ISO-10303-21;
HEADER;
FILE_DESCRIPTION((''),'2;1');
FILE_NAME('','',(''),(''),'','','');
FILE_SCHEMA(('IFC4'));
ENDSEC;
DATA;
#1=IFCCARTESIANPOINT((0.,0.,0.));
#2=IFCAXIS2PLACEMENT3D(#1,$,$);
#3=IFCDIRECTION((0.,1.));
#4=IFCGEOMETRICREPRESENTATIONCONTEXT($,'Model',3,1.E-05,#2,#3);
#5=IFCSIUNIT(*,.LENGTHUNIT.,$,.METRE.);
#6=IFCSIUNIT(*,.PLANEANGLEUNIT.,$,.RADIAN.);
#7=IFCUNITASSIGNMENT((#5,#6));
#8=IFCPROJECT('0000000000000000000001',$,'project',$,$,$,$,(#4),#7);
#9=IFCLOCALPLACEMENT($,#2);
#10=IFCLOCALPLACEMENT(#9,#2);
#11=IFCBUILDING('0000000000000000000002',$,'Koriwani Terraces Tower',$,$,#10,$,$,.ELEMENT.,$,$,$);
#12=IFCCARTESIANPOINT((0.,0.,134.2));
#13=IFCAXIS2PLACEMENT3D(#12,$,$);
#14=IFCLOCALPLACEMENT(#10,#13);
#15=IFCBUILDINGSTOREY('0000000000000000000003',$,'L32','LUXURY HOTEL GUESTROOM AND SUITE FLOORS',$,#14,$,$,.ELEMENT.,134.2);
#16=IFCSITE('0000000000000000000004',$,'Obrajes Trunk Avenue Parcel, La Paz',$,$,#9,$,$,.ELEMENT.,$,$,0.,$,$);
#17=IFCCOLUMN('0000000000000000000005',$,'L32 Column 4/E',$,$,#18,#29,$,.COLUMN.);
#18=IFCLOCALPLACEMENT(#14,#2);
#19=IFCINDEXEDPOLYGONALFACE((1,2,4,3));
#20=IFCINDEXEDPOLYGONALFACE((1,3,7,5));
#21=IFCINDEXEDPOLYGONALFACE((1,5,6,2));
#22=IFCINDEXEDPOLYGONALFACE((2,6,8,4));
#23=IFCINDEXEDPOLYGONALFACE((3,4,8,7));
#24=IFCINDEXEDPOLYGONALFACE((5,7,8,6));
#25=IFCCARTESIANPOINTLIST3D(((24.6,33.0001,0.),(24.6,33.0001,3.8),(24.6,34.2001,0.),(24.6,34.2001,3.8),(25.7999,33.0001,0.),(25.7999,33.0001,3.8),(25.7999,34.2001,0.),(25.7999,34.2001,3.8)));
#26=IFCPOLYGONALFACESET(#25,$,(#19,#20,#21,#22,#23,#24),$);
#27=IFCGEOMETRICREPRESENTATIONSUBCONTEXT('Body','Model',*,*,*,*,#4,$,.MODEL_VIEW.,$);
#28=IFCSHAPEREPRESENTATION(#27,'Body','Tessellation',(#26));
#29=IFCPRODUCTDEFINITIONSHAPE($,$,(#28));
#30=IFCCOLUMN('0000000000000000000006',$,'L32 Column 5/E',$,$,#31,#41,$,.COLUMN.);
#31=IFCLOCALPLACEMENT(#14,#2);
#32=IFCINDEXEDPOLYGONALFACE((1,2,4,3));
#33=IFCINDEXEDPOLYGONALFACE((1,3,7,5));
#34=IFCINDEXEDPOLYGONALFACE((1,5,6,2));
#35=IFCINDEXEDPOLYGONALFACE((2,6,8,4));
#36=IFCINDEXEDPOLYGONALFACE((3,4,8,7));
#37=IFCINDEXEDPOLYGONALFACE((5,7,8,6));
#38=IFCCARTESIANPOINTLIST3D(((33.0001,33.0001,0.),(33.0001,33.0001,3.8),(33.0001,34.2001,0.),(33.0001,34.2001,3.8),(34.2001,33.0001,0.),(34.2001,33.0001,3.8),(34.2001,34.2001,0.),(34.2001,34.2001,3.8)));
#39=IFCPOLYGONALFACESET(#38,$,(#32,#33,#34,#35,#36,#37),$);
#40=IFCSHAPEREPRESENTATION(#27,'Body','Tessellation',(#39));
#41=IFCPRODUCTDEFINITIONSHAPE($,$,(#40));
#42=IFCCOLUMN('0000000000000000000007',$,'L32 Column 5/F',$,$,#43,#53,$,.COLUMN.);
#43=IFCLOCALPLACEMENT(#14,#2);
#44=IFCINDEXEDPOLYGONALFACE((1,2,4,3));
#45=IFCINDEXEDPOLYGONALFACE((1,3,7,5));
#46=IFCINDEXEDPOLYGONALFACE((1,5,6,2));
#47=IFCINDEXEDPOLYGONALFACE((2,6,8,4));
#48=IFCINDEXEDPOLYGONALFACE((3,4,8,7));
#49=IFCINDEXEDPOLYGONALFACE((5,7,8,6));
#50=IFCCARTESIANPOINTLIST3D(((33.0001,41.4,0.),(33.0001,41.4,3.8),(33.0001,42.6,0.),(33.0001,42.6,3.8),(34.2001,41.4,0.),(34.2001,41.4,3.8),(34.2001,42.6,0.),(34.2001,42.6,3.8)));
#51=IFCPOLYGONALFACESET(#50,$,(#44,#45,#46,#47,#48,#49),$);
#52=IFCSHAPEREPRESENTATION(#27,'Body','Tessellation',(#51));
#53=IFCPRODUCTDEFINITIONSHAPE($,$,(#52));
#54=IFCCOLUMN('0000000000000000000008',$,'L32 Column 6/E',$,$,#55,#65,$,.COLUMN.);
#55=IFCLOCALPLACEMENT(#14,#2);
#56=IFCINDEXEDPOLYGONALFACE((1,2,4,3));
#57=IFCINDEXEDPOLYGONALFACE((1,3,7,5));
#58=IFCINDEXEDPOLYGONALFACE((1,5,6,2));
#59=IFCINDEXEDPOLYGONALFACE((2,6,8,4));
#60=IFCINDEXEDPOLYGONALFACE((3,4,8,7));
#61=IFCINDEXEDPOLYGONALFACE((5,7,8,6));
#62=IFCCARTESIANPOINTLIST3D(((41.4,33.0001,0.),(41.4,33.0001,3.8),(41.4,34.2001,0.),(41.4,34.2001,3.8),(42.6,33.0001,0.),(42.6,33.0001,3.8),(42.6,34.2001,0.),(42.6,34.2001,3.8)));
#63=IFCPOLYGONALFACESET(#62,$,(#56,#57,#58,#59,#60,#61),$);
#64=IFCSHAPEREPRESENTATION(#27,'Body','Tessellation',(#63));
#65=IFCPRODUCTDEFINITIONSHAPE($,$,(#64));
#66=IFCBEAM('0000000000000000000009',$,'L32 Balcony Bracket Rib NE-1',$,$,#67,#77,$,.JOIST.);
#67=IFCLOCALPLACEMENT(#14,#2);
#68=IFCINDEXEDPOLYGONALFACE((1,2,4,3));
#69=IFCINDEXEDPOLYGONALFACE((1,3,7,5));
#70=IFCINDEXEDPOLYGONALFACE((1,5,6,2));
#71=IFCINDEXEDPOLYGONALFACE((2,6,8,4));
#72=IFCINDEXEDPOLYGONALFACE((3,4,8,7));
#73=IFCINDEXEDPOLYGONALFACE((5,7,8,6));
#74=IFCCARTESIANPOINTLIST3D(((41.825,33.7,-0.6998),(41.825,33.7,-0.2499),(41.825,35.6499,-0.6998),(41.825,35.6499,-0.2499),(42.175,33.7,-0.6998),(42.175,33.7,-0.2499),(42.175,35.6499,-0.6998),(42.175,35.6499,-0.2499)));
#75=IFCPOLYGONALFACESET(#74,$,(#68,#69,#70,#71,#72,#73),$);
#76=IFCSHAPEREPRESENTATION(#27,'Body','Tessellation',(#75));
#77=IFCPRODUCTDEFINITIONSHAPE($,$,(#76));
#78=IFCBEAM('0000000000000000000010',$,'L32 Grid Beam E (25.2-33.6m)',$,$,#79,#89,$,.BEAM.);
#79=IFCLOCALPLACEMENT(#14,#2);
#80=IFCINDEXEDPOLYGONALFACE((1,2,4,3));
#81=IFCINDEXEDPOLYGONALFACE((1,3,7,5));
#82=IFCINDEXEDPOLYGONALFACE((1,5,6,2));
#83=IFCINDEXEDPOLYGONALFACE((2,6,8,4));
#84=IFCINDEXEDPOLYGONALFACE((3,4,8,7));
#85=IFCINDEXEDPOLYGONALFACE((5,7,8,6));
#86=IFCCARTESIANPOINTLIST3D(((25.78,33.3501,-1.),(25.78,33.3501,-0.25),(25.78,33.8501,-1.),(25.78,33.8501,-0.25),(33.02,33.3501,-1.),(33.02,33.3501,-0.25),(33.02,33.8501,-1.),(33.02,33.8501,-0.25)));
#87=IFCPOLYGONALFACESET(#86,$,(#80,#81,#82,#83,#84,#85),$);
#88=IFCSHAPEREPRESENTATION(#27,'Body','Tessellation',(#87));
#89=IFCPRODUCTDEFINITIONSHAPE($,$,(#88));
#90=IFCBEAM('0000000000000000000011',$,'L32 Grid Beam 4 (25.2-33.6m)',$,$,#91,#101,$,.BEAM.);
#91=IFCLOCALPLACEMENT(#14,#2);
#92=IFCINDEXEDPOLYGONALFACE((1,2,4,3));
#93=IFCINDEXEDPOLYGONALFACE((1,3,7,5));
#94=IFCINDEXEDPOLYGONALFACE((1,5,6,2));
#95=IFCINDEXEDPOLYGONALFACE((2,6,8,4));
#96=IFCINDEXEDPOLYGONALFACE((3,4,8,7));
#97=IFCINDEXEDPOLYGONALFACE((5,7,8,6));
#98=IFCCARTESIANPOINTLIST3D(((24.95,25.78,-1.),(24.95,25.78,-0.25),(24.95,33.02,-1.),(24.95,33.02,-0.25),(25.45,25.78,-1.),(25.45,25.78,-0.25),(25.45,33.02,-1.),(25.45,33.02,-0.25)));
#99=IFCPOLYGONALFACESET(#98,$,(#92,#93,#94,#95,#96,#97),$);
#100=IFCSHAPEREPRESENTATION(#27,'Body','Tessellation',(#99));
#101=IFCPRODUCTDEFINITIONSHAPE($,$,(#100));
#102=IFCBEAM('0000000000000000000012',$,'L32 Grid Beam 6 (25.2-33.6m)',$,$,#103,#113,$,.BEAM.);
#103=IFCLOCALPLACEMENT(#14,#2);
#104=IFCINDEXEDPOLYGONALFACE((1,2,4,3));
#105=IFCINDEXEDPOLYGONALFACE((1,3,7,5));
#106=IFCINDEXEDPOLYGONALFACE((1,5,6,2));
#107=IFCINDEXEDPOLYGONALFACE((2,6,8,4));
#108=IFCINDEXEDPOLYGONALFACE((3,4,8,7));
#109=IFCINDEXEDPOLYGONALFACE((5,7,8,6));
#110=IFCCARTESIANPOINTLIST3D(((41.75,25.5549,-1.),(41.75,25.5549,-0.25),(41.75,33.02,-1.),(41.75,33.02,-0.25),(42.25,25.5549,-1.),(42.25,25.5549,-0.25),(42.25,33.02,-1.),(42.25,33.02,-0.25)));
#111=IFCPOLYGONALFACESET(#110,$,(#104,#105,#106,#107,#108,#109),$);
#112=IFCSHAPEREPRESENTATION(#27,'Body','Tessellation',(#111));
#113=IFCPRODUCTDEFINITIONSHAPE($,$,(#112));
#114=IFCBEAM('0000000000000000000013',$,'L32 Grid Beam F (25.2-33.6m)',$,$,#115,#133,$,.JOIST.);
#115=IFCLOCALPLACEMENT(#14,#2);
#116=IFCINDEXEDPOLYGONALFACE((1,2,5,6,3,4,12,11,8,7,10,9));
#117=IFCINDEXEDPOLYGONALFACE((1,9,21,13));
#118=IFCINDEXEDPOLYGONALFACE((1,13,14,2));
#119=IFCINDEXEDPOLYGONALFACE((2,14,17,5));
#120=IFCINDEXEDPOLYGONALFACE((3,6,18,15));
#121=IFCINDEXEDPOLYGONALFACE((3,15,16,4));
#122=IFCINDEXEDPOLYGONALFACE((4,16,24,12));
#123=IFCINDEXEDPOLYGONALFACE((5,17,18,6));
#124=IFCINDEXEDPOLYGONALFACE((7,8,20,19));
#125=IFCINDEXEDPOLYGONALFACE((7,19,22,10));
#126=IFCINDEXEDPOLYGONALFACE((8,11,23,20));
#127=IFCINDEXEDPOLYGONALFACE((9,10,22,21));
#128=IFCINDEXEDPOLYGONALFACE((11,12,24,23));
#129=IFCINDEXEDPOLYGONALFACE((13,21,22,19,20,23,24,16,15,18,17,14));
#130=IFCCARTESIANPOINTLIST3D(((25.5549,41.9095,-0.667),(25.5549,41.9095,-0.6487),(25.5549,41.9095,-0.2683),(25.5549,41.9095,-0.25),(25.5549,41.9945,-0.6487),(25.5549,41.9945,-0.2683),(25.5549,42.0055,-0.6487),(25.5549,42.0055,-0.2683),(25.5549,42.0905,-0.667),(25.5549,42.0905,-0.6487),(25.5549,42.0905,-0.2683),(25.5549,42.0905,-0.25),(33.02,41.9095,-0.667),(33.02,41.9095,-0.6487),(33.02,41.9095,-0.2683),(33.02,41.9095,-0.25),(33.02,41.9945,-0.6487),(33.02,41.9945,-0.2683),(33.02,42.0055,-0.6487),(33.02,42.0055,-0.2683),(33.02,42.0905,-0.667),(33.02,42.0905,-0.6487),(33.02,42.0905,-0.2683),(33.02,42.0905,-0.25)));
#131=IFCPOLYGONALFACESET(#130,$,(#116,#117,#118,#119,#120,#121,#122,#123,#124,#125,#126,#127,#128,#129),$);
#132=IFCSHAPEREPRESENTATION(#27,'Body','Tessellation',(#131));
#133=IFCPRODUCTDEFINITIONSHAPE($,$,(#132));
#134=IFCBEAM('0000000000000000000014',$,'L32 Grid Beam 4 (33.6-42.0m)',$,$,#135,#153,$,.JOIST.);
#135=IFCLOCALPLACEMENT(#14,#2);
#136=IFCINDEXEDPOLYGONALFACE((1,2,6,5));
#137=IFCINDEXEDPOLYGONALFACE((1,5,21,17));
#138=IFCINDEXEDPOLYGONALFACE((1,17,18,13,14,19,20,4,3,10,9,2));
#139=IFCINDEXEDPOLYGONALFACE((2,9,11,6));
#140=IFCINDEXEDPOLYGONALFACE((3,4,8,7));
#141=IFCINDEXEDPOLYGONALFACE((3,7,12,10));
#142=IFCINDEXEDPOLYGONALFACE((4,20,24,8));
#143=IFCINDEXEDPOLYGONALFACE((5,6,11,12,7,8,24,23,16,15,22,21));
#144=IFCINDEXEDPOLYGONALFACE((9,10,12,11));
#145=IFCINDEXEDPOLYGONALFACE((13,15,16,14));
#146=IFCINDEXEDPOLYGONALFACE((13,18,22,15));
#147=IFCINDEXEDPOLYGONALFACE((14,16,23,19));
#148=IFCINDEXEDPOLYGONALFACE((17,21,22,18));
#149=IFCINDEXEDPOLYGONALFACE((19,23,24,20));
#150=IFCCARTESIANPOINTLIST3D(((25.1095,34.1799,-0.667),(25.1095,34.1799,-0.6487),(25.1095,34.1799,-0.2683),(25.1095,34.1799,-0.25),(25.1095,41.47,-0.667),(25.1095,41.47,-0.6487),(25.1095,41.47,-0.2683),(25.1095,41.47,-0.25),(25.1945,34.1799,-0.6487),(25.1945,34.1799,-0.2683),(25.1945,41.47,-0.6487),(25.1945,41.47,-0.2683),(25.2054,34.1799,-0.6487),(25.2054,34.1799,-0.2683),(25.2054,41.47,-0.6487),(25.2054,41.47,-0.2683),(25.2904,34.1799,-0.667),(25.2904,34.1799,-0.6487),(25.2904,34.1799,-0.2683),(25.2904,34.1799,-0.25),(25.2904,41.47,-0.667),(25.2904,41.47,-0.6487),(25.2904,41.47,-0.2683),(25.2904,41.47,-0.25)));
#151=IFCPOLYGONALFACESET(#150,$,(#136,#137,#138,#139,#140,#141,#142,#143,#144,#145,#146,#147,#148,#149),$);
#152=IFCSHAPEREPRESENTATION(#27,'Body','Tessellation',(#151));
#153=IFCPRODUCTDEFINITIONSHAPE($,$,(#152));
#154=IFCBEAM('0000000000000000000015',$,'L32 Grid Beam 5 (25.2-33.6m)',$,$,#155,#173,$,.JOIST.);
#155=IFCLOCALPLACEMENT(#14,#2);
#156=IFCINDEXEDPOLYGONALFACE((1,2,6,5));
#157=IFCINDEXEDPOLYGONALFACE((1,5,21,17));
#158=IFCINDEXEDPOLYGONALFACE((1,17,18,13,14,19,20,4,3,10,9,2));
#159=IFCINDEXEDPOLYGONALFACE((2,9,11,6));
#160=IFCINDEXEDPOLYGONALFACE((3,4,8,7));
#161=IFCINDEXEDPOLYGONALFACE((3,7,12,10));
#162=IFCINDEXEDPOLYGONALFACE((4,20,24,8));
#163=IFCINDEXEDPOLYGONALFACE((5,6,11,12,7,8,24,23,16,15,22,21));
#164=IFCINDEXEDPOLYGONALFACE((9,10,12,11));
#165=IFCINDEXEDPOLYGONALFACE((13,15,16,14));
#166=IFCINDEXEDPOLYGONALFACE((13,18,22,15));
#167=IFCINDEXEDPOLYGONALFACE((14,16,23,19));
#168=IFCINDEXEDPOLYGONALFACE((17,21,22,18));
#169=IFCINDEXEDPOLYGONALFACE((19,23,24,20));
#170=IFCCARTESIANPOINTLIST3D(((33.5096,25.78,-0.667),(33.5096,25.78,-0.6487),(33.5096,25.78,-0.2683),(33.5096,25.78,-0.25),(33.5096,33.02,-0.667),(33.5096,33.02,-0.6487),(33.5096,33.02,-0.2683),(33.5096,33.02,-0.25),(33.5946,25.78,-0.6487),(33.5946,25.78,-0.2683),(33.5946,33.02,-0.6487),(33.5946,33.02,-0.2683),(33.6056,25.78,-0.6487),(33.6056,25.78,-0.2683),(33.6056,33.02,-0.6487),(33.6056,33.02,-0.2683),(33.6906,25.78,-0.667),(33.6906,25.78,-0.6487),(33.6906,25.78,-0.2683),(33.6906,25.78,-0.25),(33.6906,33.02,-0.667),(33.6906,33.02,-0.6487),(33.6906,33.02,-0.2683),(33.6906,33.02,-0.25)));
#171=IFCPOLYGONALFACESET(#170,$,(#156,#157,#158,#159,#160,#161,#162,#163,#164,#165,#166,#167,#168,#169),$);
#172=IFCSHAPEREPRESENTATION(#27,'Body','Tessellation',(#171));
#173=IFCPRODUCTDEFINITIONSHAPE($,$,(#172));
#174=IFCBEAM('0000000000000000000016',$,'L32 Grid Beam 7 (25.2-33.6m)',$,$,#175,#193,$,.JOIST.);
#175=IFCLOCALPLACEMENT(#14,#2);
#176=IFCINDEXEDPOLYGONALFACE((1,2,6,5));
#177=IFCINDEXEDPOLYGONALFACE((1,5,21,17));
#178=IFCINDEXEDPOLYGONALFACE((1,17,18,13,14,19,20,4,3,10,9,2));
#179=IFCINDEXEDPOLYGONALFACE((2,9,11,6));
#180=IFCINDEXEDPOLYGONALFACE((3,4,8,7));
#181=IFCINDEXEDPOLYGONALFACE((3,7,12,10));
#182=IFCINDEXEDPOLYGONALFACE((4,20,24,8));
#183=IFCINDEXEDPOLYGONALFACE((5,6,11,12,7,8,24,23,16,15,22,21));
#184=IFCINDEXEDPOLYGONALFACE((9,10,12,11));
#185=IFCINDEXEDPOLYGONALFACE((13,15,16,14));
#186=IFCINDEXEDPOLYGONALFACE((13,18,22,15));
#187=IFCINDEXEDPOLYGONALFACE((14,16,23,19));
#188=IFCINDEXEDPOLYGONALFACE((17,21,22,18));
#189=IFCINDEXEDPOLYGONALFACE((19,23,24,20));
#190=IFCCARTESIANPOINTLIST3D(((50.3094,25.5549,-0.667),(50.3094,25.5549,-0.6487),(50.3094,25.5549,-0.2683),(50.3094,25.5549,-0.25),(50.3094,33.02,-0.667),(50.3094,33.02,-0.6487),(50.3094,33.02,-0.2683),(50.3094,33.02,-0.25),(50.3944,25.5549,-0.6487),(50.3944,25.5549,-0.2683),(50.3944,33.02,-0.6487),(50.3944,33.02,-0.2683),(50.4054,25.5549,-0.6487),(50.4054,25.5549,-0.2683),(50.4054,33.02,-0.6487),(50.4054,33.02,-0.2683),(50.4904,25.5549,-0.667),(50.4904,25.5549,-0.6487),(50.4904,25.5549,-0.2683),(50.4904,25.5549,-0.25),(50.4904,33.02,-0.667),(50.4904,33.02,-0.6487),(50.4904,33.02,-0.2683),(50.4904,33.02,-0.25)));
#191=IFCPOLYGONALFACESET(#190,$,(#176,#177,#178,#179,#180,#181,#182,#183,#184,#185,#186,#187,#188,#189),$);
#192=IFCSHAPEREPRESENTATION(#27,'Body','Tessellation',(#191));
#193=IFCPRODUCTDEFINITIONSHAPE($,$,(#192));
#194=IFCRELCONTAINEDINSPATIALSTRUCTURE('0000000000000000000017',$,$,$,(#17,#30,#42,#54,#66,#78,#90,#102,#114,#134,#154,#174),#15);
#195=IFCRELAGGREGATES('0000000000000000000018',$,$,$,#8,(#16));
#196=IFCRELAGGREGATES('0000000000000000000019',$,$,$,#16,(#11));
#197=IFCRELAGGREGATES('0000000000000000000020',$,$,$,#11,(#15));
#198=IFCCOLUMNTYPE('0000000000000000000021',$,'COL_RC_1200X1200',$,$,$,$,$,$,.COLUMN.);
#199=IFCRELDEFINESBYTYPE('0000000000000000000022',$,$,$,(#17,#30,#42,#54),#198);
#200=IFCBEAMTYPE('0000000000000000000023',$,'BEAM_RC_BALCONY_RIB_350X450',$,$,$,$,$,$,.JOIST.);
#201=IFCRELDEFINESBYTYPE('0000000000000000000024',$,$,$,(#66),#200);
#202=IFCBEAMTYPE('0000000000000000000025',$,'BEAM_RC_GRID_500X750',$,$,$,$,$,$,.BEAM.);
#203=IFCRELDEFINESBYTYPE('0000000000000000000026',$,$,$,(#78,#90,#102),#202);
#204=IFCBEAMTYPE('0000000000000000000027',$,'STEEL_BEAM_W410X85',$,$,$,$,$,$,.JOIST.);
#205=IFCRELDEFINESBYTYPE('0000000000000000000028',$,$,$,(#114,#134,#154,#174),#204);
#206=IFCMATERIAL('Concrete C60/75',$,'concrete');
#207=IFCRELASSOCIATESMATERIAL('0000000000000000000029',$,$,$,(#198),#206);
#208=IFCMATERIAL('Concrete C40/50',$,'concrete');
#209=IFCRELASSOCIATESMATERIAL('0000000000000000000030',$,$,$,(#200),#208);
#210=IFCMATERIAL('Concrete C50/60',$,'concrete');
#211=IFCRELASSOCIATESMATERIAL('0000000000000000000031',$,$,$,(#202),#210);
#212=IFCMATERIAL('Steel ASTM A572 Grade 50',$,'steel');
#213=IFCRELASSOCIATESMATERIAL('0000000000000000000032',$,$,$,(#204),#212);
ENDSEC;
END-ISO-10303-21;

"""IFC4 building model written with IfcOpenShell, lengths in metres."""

from ifc_helpers import new_model, si_unit, direction, frame, origin, origin_2d, place, context, subcontext, project, spatial, rectangle, i_section, extrude, material, material_profile, profile_set, type_object, element, save


model = new_model("IFC4")

# Units and contexts
model_context = context("Model", 3, precision=1e-05, world=origin(), true_north=direction((0.0, 1.0)))
body_context = subcontext(model_context, "Body", "Model", "MODEL_VIEW")
ifc_project = project(units=[si_unit("LENGTHUNIT", "METRE"), si_unit("PLANEANGLEUNIT", "RADIAN")], contexts=[model_context])

# Site, building, storey
site_placement = place(None, origin())
site = spatial("IfcSite", under=ifc_project, at=site_placement, Name="Obrajes Trunk Avenue Parcel, La Paz", CompositionType="ELEMENT", RefElevation=0.0)
building_placement = place(site_placement, origin())
building = spatial("IfcBuilding", under=site, at=building_placement, Name="Koriwani Terraces Tower", CompositionType="ELEMENT")
storey_placement = place(building_placement, frame((0.0, 0.0, 134.2)))
storey = spatial("IfcBuildingStorey", under=building, at=storey_placement, Name="L32", Description="LUXURY HOTEL GUESTROOM AND SUITE FLOORS", CompositionType="ELEMENT", Elevation=134.2)

# Columns
ifc_material_1 = material(Name="Concrete C60/75", Category="concrete")
ifc_material_profile_1 = material_profile(ifc_material_1, rectangle(XDim=1.2, YDim=1.2, at=origin_2d()), Name="Concrete C60/75", Category="LoadBearing")
ifc_profile_set_1 = profile_set([ifc_material_profile_1], Name="Concrete C60/75")
column_type = type_object("IfcColumnType", Name="COL_RC_1200X1200", PredefinedType="COLUMN", material=ifc_profile_set_1)
for number, where, z_axis, x_axis, name in (
    (1, (25.2, 33.6001, 0.0), (0.0, 0.0, 1.0), (1.0, 0.0, 0.0), "L32 Column 4/E"),
    (2, (33.6001, 33.6001, 0.0), (0.0, 0.0, 1.0), (1.0, 0.0, 0.0), "L32 Column 5/E"),
    (3, (33.6001, 42.0, 0.0), (0.0, 0.0, 1.0), (1.0, 0.0, 0.0), "L32 Column 5/F"),
    (4, (42.0, 33.6001, 0.0), (0.0, 0.0, 1.0), (1.0, 0.0, 0.0), "L32 Column 6/E"),
):
    element("IfcColumn", number, at=place(storey_placement, frame(where, z_axis=z_axis, x_axis=x_axis)), inside=storey, type_object=column_type, Name=name, PredefinedType="COLUMN", context=body_context, shape_type="SweptSolid", body=[
        extrude(rectangle(XDim=1.2, YDim=1.2, at=origin_2d()), origin(), (0.0, 0.0, 1.0), 3.8),
    ])

# Beams
ifc_material_2 = material(Name="Concrete C40/50", Category="concrete")
ifc_material_profile_2 = material_profile(ifc_material_2, rectangle(XDim=0.3501, YDim=0.45, at=origin_2d()), Name="Concrete C40/50", Category="LoadBearing")
ifc_profile_set_2 = profile_set([ifc_material_profile_2], Name="Concrete C40/50")
beam_type_1 = type_object("IfcBeamType", Name="BEAM_RC_BALCONY_RIB_350X450", PredefinedType="JOIST", material=ifc_profile_set_2)
beam_1_placement = place(storey_placement, frame((42.0, 33.7, -0.4749), z_axis=(0.0, 1.0, 0.0), x_axis=(-1.0, 0.0, 0.0)))
element("IfcBeam", 5, at=beam_1_placement, inside=storey, type_object=beam_type_1, Name="L32 Balcony Bracket Rib NE-1", PredefinedType="JOIST", context=body_context, shape_type="SweptSolid", body=[
    extrude(rectangle(XDim=0.3501, YDim=0.45, at=origin_2d()), origin(), (0.0, 0.0, 1.0), 1.95),
])
ifc_material_3 = material(Name="Concrete C50/60", Category="concrete")
ifc_material_profile_3 = material_profile(ifc_material_3, rectangle(XDim=0.5, YDim=0.75, at=origin_2d()), Name="Concrete C50/60", Category="LoadBearing")
ifc_profile_set_3 = profile_set([ifc_material_profile_3], Name="Concrete C50/60")
beam_type_2 = type_object("IfcBeamType", Name="BEAM_RC_GRID_500X750", PredefinedType="BEAM", material=ifc_profile_set_3)
for number, where, z_axis, x_axis, name in (
    (6, (25.78, 33.6001, -0.625), (1.0, 0.0, 0.0), (0.0, 1.0, 0.0), "L32 Grid Beam E (25.2-33.6m)"),
    (7, (25.2, 25.78, -0.625), (0.0, 1.0, 0.0), (-1.0, 0.0, 0.0), "L32 Grid Beam 4 (25.2-33.6m)"),
):
    element("IfcBeam", number, at=place(storey_placement, frame(where, z_axis=z_axis, x_axis=x_axis)), inside=storey, type_object=beam_type_2, Name=name, PredefinedType="BEAM", context=body_context, shape_type="SweptSolid", body=[
        extrude(rectangle(XDim=0.5, YDim=0.75, at=origin_2d()), origin(), (0.0, 0.0, 1.0), 7.24),
    ])
beam_2_placement = place(storey_placement, frame((42.0, 25.5549, -0.625), z_axis=(0.0, 1.0, 0.0), x_axis=(-1.0, 0.0, 0.0)))
element("IfcBeam", 8, at=beam_2_placement, inside=storey, type_object=beam_type_2, Name="L32 Grid Beam 6 (25.2-33.6m)", PredefinedType="BEAM", context=body_context, shape_type="SweptSolid", body=[
    extrude(rectangle(XDim=0.5, YDim=0.75, at=origin_2d()), origin(), (0.0, 0.0, 1.0), 7.4651),
])
ifc_material_4 = material(Name="Steel ASTM A572 Grade 50", Category="steel")
ifc_material_profile_4 = material_profile(ifc_material_4, i_section(OverallWidth=0.1809, OverallDepth=0.417, WebThickness=0.011, FlangeThickness=0.0183, at=origin_2d()), Name="Steel ASTM A572 Grade 50", Category="LoadBearing")
ifc_profile_set_4 = profile_set([ifc_material_profile_4], Name="Steel ASTM A572 Grade 50")
beam_type_3 = type_object("IfcBeamType", Name="STEEL_BEAM_W410X85", PredefinedType="JOIST", material=ifc_profile_set_4)
beam_3_placement = place(storey_placement, frame((25.5549, 42.0, -0.4585), z_axis=(1.0, 0.0, 0.0), x_axis=(0.0, 1.0, 0.0)))
element("IfcBeam", 9, at=beam_3_placement, inside=storey, type_object=beam_type_3, Name="L32 Grid Beam F (25.2-33.6m)", PredefinedType="JOIST", context=body_context, shape_type="SweptSolid", body=[
    extrude(i_section(OverallWidth=0.1809, OverallDepth=0.417, WebThickness=0.011, FlangeThickness=0.0183, at=origin_2d()), origin(), (0.0, 0.0, 1.0), 7.4651),
])
beam_4_placement = place(storey_placement, frame((25.2, 34.1799, -0.4585), z_axis=(0.0, 1.0, 0.0), x_axis=(-1.0, 0.0, 0.0)))
element("IfcBeam", 10, at=beam_4_placement, inside=storey, type_object=beam_type_3, Name="L32 Grid Beam 4 (33.6-42.0m)", PredefinedType="JOIST", context=body_context, shape_type="SweptSolid", body=[
    extrude(i_section(OverallWidth=0.1809, OverallDepth=0.417, WebThickness=0.011, FlangeThickness=0.0183, at=origin_2d()), origin(), (0.0, 0.0, 1.0), 7.29),
])
beam_5_placement = place(storey_placement, frame((33.6001, 25.78, -0.4585), z_axis=(0.0, 1.0, 0.0), x_axis=(-1.0, 0.0, 0.0)))
element("IfcBeam", 11, at=beam_5_placement, inside=storey, type_object=beam_type_3, Name="L32 Grid Beam 5 (25.2-33.6m)", PredefinedType="JOIST", context=body_context, shape_type="SweptSolid", body=[
    extrude(i_section(OverallWidth=0.1809, OverallDepth=0.417, WebThickness=0.011, FlangeThickness=0.0183, at=origin_2d()), origin(), (0.0, 0.0, 1.0), 7.24),
])
beam_6_placement = place(storey_placement, frame((50.3999, 25.5549, -0.4585), z_axis=(0.0, 1.0, 0.0), x_axis=(-1.0, 0.0, 0.0)))
element("IfcBeam", 12, at=beam_6_placement, inside=storey, type_object=beam_type_3, Name="L32 Grid Beam 7 (25.2-33.6m)", PredefinedType="JOIST", context=body_context, shape_type="SweptSolid", body=[
    extrude(i_section(OverallWidth=0.1809, OverallDepth=0.417, WebThickness=0.011, FlangeThickness=0.0183, at=origin_2d()), origin(), (0.0, 0.0, 1.0), 7.4651),
])

save(model, "model.ifc")
